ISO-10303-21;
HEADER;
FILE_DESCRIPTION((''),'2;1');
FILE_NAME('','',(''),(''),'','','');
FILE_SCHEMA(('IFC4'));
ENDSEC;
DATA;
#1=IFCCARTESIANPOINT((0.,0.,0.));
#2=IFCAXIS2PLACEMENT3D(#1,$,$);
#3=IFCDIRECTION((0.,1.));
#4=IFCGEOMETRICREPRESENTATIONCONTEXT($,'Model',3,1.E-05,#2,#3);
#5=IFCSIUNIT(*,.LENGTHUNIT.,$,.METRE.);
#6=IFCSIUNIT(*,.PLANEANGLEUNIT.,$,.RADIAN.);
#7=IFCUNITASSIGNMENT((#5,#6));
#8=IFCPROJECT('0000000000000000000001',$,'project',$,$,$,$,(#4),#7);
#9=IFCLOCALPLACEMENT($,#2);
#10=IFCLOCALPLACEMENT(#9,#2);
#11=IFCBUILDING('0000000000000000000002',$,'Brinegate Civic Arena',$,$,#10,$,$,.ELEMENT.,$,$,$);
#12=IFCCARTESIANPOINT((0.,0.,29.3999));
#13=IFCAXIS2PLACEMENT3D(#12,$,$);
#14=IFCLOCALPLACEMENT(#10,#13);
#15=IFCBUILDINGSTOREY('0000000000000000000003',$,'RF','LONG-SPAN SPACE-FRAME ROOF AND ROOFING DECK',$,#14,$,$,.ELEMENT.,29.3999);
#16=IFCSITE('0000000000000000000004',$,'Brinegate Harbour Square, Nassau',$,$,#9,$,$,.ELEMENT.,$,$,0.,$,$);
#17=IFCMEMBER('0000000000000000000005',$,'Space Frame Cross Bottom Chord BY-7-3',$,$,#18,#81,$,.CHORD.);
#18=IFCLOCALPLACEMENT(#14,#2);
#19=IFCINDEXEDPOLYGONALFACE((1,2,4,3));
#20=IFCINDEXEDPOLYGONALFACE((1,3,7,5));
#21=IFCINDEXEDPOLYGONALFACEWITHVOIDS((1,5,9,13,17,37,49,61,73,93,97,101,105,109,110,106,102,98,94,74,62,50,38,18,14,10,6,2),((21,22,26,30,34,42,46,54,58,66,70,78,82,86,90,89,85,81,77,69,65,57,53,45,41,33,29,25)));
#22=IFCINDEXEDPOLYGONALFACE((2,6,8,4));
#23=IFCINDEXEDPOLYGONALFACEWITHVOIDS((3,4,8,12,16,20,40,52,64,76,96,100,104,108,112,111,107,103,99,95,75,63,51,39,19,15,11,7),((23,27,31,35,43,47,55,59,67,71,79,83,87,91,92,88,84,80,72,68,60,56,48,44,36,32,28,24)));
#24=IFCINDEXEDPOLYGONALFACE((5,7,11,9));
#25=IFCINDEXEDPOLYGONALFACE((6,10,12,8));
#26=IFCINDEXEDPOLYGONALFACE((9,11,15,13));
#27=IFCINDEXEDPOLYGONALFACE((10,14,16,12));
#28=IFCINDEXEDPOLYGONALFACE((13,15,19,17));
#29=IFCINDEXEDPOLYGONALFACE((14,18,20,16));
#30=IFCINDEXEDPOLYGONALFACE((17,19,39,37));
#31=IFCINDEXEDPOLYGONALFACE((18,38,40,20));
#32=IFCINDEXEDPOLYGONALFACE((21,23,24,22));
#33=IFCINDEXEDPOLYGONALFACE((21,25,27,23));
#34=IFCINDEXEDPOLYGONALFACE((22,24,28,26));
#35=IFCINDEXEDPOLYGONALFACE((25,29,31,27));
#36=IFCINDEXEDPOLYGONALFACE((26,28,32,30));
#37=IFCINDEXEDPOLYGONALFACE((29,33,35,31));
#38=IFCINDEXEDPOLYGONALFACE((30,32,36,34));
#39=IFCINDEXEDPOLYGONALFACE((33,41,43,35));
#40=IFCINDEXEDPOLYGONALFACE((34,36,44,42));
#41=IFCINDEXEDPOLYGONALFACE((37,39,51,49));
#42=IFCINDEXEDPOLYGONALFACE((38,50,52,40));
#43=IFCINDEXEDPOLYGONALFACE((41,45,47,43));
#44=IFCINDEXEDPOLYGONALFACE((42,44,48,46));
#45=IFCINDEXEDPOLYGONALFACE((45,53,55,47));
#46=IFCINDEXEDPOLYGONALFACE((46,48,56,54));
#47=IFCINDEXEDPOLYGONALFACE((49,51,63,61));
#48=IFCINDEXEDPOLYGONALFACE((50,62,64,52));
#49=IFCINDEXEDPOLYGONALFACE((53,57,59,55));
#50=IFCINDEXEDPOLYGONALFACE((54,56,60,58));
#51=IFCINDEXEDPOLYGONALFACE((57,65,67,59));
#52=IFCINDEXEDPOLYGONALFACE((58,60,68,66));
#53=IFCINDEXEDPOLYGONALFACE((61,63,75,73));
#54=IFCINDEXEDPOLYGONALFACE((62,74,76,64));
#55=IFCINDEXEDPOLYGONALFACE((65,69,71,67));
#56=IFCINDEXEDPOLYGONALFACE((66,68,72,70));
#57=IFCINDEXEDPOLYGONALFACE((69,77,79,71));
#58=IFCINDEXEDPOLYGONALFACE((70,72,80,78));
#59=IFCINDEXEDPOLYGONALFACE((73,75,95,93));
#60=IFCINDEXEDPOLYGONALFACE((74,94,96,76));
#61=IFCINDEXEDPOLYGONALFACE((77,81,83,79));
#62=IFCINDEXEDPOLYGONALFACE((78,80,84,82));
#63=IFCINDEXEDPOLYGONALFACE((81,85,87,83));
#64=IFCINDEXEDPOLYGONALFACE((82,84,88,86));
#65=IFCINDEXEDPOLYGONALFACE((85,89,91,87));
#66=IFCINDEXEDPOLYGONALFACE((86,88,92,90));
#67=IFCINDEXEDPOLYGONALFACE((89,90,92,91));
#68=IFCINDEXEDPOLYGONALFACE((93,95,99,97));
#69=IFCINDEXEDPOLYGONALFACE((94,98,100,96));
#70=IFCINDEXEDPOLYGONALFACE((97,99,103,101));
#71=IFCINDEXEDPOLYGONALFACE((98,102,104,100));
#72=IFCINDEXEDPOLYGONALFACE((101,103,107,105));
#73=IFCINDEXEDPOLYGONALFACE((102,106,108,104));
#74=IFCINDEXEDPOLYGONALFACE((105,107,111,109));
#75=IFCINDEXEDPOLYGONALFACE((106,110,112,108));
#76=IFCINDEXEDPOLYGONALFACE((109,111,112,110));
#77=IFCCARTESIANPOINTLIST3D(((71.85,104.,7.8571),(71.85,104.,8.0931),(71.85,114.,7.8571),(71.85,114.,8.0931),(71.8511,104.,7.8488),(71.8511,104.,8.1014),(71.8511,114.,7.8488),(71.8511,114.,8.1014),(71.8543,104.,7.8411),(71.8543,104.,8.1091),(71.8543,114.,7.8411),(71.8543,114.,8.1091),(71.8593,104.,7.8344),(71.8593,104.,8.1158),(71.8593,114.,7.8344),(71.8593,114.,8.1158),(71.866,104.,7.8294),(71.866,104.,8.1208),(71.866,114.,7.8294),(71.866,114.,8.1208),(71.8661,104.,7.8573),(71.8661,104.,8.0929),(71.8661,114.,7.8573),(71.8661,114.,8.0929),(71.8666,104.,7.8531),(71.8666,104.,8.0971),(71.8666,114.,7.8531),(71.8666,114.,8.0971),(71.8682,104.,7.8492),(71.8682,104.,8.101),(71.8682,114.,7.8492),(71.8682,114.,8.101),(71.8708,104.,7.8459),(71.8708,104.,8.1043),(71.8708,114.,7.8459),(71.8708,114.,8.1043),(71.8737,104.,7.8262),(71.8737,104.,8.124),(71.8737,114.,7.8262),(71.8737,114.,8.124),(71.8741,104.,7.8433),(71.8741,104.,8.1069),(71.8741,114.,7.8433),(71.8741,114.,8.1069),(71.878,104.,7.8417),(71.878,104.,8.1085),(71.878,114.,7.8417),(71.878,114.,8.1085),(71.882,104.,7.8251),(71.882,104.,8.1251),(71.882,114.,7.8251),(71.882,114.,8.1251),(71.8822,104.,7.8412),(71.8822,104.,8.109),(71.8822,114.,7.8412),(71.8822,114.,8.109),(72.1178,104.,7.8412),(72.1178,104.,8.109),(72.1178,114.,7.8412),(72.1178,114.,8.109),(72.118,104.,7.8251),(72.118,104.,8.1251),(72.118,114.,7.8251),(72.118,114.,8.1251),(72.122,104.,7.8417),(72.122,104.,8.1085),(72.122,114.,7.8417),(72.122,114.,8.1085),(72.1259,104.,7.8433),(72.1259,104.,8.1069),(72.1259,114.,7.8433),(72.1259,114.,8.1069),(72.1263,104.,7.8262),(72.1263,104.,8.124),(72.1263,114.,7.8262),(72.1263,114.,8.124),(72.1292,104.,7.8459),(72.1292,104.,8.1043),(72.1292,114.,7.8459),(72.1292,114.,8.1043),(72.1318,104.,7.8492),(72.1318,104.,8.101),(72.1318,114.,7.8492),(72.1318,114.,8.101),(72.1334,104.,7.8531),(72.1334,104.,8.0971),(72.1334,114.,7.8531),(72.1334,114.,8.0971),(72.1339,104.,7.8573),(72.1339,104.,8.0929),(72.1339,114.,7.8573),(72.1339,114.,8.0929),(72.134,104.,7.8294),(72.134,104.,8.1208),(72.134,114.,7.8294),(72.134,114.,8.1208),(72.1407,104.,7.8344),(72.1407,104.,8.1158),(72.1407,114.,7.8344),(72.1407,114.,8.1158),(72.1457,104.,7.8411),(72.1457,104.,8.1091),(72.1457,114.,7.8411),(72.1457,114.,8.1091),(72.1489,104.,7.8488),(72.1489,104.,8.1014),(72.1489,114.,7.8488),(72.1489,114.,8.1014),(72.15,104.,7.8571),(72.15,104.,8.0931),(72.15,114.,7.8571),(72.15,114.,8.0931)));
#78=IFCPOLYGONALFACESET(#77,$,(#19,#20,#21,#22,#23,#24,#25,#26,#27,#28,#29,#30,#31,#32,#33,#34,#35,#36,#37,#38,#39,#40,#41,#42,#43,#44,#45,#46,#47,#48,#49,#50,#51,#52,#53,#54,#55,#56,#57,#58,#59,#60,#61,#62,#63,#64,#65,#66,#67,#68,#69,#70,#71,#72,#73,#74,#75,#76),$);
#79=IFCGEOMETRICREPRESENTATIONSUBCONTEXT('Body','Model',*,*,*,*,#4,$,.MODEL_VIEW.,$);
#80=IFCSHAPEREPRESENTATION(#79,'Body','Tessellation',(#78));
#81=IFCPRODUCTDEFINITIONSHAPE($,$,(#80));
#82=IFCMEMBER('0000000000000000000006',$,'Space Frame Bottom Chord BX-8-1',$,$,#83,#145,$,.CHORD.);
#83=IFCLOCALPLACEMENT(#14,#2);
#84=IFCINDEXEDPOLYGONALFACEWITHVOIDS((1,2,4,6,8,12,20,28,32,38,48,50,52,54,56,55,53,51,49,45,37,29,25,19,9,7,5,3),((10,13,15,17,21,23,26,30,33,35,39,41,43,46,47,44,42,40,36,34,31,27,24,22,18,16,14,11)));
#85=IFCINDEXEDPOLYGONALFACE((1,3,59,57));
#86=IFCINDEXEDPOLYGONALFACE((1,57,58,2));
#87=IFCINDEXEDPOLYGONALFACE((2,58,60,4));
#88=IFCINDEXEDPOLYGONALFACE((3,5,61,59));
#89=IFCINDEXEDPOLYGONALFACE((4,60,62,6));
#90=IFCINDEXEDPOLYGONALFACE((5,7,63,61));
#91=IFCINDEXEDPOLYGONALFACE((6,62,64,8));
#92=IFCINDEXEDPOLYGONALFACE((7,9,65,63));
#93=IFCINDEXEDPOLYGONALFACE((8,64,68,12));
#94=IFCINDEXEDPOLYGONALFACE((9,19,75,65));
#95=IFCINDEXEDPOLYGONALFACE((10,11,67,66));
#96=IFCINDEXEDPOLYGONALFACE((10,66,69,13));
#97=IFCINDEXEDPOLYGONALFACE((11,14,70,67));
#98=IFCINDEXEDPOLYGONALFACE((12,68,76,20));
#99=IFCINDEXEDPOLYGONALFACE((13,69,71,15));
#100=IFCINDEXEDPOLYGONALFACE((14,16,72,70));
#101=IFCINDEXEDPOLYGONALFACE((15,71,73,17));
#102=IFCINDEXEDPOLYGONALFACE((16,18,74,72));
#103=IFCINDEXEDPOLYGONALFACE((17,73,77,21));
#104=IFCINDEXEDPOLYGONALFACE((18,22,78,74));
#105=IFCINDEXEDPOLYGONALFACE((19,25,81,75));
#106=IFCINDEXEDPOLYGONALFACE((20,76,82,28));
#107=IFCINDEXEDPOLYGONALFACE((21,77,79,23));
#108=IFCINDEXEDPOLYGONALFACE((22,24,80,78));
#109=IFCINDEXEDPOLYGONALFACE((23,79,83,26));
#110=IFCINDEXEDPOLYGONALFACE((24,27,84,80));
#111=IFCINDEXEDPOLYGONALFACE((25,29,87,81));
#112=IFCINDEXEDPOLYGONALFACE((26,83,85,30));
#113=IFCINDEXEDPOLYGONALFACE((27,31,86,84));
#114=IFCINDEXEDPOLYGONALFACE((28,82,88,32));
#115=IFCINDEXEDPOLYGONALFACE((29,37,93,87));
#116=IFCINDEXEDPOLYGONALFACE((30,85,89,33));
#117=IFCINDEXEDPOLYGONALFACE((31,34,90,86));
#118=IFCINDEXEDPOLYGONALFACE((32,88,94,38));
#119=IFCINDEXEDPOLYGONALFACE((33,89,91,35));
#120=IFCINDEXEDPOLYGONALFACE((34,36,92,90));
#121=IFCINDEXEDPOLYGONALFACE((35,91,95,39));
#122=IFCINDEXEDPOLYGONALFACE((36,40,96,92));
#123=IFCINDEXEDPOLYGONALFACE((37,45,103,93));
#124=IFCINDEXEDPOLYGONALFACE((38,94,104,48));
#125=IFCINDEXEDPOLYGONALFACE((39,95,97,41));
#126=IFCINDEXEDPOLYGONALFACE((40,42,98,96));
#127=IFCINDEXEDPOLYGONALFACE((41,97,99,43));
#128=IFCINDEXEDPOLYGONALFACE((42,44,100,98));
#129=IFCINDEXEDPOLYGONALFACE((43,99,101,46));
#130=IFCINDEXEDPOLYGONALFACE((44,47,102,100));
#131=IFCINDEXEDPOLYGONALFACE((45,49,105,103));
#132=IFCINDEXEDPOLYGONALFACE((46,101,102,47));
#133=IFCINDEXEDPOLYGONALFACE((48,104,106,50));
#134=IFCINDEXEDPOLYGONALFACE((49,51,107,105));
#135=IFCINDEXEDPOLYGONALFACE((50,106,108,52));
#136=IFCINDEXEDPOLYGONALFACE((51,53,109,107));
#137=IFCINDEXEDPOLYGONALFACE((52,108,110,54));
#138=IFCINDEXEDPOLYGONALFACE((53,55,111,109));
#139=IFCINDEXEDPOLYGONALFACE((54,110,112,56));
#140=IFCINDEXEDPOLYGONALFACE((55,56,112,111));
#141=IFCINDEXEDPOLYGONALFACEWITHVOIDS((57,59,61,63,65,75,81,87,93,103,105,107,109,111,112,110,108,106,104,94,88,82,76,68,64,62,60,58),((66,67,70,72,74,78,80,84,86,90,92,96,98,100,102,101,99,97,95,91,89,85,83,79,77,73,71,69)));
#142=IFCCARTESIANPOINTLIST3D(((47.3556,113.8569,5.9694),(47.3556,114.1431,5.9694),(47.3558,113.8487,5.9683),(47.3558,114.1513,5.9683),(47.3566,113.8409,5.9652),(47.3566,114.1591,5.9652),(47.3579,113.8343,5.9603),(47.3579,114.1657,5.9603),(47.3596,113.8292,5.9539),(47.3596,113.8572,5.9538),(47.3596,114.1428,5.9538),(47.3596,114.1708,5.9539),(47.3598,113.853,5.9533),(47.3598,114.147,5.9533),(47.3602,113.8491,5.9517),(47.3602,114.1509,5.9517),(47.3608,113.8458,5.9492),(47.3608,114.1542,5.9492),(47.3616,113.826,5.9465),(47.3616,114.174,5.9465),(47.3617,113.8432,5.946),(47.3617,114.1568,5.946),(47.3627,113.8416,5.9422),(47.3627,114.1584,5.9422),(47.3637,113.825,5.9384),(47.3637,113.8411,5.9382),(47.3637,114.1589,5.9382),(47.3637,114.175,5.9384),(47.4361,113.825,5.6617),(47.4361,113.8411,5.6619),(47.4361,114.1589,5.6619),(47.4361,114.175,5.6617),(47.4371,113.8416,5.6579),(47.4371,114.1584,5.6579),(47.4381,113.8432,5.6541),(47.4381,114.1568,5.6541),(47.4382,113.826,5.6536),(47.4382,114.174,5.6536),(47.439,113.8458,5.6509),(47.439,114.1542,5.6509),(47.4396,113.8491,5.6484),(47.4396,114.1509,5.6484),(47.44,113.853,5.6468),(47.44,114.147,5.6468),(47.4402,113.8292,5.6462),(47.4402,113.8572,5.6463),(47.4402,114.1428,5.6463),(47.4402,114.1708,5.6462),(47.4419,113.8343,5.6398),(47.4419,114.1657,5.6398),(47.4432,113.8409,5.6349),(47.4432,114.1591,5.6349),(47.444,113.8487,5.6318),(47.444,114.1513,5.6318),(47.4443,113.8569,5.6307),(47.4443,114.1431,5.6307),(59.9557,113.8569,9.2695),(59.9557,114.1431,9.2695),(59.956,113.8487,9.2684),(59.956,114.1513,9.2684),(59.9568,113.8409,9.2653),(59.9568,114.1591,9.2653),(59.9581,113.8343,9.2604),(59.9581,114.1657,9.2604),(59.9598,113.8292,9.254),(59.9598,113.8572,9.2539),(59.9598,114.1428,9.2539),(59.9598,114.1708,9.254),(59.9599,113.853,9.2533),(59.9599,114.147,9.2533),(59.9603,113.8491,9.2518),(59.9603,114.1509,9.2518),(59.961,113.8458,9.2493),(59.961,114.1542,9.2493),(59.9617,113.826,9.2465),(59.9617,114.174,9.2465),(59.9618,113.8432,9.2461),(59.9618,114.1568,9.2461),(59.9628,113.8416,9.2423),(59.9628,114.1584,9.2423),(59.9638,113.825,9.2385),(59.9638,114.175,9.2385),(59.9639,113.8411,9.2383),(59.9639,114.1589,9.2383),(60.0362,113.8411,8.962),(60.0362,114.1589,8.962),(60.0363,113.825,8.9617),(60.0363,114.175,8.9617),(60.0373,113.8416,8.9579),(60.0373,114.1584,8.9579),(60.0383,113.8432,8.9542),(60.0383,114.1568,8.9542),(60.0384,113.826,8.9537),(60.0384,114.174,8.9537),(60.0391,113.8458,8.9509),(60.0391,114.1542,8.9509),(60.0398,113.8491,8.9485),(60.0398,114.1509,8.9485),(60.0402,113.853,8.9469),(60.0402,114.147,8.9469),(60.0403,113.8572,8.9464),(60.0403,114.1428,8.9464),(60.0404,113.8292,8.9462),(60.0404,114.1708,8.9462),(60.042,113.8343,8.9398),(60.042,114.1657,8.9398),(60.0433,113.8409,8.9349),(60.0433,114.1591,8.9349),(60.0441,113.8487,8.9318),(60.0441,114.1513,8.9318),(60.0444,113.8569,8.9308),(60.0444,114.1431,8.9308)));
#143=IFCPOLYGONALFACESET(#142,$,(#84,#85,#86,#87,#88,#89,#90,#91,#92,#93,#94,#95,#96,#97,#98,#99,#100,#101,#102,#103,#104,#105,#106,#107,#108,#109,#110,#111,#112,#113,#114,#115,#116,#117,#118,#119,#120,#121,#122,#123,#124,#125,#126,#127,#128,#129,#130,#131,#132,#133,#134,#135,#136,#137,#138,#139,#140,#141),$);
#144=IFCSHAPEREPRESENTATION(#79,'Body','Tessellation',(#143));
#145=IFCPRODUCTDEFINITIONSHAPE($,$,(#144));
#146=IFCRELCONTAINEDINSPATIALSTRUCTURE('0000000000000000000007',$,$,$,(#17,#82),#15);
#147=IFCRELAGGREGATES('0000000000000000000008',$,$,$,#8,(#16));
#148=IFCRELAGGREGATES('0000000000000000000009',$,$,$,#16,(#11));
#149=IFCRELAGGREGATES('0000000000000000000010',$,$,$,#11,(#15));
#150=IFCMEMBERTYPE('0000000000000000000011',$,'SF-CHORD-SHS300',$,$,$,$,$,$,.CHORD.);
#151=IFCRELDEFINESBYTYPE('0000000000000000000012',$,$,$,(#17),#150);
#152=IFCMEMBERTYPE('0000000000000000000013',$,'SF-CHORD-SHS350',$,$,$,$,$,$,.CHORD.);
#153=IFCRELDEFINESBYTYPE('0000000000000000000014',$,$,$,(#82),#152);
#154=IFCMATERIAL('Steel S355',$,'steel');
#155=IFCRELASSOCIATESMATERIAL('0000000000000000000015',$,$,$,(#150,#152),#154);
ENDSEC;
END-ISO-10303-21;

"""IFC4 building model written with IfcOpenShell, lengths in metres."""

from ifc_helpers import new_model, si_unit, direction, frame, origin, origin_2d, place, context, subcontext, project, spatial, hollow_rectangle, extrude, material, material_profile, profile_set, type_object, element, save


model = new_model("IFC4")

# Units and contexts
model_context = context("Model", 3, precision=1e-05, world=origin(), true_north=direction((0.0, 1.0)))
body_context = subcontext(model_context, "Body", "Model", "MODEL_VIEW")
ifc_project = project(units=[si_unit("LENGTHUNIT", "METRE"), si_unit("PLANEANGLEUNIT", "RADIAN")], contexts=[model_context])

# Site, building, storey
site_placement = place(None, origin())
site = spatial("IfcSite", under=ifc_project, at=site_placement, Name="Brinegate Harbour Square, Nassau", CompositionType="ELEMENT", RefElevation=0.0)
building_placement = place(site_placement, origin())
building = spatial("IfcBuilding", under=site, at=building_placement, Name="Brinegate Civic Arena", CompositionType="ELEMENT")
storey_placement = place(building_placement, frame((0.0, 0.0, 29.3999)))
storey = spatial("IfcBuildingStorey", under=building, at=storey_placement, Name="RF", Description="LONG-SPAN SPACE-FRAME ROOF AND ROOFING DECK", CompositionType="ELEMENT", Elevation=29.3999)

# Shared definitions
ifc_material_1 = material(Name="Steel S355", Category="steel")

# Members
ifc_material_profile_1 = material_profile(ifc_material_1, hollow_rectangle(XDim=0.3, YDim=0.3, WallThickness=0.0161, InnerFilletRadius=0.0161, OuterFilletRadius=0.032, at=origin_2d()), Name="SHS300X16")
ifc_profile_set_1 = profile_set([ifc_material_profile_1], Name="Steel S355")
member_type_1 = type_object("IfcMemberType", Name="SF-CHORD-SHS300", PredefinedType="CHORD", material=ifc_profile_set_1)
member_1_placement = place(storey_placement, frame((72.0, 104.0, 7.9751), z_axis=(0.0, 1.0, 0.0), x_axis=(-1.0, 0.0, 0.0)))
element("IfcMember", 1, at=member_1_placement, inside=storey, type_object=member_type_1, Name="Space Frame Cross Bottom Chord BY-7-3", PredefinedType="CHORD", context=body_context, shape_type="SweptSolid", body=[
    extrude(hollow_rectangle(XDim=0.3, YDim=0.3, WallThickness=0.0161, InnerFilletRadius=0.0161, OuterFilletRadius=0.032, at=origin_2d()), origin(), (0.0, 0.0, 1.0), 10.0),
])
ifc_material_profile_2 = material_profile(ifc_material_1, hollow_rectangle(XDim=0.3501, YDim=0.3501, WallThickness=0.0161, InnerFilletRadius=0.0161, OuterFilletRadius=0.032, at=origin_2d()), Name="SHS350X16")
ifc_profile_set_2 = profile_set([ifc_material_profile_2], Name="Steel S355")
member_type_2 = type_object("IfcMemberType", Name="SF-CHORD-SHS350", PredefinedType="CHORD", material=ifc_profile_set_2)
member_2_placement = place(storey_placement, frame((47.3999, 114.0, 5.8), z_axis=(0.967372, 0.0, 0.253361), x_axis=(0.0, 1.0, 0.0)))
element("IfcMember", 2, at=member_2_placement, inside=storey, type_object=member_type_2, Name="Space Frame Bottom Chord BX-8-1", PredefinedType="CHORD", context=body_context, shape_type="SweptSolid", body=[
    extrude(hollow_rectangle(XDim=0.3501, YDim=0.3501, WallThickness=0.0161, InnerFilletRadius=0.0161, OuterFilletRadius=0.032, at=origin_2d()), origin(), (0.0, 0.0, 1.0), 13.0251),
])

save(model, "model.ifc")
